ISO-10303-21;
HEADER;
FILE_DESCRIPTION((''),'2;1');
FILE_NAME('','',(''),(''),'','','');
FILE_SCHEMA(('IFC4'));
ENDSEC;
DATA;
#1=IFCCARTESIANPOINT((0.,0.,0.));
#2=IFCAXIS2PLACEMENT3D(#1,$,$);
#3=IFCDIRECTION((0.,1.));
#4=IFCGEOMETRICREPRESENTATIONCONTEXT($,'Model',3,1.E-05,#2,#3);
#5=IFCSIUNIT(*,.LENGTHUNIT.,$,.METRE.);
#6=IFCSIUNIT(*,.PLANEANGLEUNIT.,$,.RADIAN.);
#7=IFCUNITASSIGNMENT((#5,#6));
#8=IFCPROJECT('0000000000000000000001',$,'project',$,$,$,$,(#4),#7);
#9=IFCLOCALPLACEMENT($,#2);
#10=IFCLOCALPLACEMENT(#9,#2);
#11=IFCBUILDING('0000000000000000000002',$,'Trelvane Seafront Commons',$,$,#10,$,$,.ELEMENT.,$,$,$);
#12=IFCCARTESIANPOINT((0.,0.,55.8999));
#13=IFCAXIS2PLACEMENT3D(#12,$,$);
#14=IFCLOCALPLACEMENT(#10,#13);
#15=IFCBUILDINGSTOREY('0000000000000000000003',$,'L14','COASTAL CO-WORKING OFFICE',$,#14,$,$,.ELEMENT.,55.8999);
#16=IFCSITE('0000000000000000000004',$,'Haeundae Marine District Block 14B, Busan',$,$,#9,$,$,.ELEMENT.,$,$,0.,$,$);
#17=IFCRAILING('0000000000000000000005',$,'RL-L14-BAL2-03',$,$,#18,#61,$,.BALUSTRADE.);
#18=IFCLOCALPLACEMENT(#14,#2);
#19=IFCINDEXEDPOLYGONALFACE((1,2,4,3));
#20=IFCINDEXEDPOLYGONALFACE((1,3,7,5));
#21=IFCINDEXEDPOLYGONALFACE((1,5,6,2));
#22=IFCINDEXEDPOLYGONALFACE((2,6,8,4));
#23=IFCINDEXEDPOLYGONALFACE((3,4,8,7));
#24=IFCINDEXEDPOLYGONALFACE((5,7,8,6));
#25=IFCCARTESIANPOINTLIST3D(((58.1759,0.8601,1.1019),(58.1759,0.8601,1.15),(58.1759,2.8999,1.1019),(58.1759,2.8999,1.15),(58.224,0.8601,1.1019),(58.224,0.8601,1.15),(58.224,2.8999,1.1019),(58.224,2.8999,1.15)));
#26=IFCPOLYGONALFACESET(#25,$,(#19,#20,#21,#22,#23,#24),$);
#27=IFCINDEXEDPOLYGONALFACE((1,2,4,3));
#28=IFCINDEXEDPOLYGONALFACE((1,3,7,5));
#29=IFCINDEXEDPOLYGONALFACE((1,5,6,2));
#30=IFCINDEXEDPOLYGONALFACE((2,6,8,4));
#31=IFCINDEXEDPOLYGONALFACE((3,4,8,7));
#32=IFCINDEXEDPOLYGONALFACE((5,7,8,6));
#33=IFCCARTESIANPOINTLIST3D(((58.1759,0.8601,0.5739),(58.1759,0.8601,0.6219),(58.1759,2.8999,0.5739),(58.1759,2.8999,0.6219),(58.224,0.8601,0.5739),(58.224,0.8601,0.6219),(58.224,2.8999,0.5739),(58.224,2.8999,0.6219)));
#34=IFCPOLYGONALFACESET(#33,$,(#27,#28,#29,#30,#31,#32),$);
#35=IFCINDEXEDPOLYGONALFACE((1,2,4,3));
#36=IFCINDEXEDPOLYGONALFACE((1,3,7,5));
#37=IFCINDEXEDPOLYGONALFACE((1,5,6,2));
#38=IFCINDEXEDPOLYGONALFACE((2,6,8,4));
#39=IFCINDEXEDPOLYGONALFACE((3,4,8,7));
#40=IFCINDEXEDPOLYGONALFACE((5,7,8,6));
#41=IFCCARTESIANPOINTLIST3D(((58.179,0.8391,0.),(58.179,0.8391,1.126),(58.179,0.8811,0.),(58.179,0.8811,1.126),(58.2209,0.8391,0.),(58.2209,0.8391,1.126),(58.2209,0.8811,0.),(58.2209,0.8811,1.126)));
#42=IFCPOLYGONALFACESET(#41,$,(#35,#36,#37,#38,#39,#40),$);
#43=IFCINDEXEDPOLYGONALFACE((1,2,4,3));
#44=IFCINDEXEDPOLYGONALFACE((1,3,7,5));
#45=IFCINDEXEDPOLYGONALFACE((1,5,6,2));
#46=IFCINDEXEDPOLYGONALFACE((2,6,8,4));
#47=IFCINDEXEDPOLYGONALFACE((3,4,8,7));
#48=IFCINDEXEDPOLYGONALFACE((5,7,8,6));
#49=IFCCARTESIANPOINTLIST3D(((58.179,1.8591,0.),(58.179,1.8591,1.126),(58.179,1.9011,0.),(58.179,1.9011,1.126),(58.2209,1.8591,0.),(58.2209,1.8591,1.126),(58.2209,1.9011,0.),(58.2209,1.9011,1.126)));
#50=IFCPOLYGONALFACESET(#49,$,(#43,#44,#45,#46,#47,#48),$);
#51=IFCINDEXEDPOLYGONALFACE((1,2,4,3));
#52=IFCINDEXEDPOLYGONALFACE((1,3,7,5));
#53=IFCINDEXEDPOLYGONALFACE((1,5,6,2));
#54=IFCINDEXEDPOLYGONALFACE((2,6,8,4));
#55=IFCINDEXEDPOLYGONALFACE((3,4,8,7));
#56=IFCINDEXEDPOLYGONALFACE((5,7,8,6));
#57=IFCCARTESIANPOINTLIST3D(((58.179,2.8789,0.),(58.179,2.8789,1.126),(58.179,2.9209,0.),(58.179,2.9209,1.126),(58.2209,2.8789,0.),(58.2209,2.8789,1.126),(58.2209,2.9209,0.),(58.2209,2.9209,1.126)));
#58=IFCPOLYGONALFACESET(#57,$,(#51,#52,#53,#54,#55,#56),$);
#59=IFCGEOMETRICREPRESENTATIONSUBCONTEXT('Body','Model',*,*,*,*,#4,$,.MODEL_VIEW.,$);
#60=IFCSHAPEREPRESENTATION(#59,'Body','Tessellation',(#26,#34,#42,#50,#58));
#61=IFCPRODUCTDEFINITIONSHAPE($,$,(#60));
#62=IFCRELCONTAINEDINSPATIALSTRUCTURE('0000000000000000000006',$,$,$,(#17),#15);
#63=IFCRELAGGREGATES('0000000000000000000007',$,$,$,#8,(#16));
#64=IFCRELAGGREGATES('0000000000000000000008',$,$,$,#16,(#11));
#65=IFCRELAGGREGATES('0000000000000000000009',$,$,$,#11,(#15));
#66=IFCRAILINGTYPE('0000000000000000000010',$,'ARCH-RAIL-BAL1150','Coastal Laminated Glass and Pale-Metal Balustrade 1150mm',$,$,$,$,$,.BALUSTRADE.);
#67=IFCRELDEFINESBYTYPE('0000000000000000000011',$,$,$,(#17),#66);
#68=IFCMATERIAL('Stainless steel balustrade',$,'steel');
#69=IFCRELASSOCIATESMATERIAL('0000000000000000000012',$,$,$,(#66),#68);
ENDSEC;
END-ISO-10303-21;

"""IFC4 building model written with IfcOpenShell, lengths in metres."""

from ifc_helpers import new_model, si_unit, direction, frame, origin, origin_2d, place, context, subcontext, project, spatial, rectangle, extrude, material, type_object, element, save


model = new_model("IFC4")

# Units and contexts
model_context = context("Model", 3, precision=1e-05, world=origin(), true_north=direction((0.0, 1.0)))
body_context = subcontext(model_context, "Body", "Model", "MODEL_VIEW")
ifc_project = project(units=[si_unit("LENGTHUNIT", "METRE"), si_unit("PLANEANGLEUNIT", "RADIAN")], contexts=[model_context])

# Site, building, storey
site_placement = place(None, origin())
site = spatial("IfcSite", under=ifc_project, at=site_placement, Name="Haeundae Marine District Block 14B, Busan", CompositionType="ELEMENT", RefElevation=0.0)
building_placement = place(site_placement, origin())
building = spatial("IfcBuilding", under=site, at=building_placement, Name="Trelvane Seafront Commons", CompositionType="ELEMENT")
storey_placement = place(building_placement, frame((0.0, 0.0, 55.8999)))
storey = spatial("IfcBuildingStorey", under=building, at=storey_placement, Name="L14", Description="COASTAL CO-WORKING OFFICE", CompositionType="ELEMENT", Elevation=55.8999)

# Railing
ifc_material_1 = material(Name="Stainless steel balustrade", Category="steel")
railing_type = type_object("IfcRailingType", Name="ARCH-RAIL-BAL1150", Description="Coastal Laminated Glass and Pale-Metal Balustrade 1150mm", PredefinedType="BALUSTRADE", material=ifc_material_1)
railing_placement = place(storey_placement, frame((58.2, 0.8601, 0.0)))
element("IfcRailing", 1, at=railing_placement, inside=storey, type_object=railing_type, Name="RL-L14-BAL2-03", PredefinedType="BALUSTRADE", context=body_context, shape_type="SweptSolid", body=[
    extrude(rectangle(XDim=0.0481, YDim=0.0481, at=origin_2d()), frame((0.0, 0.0, 1.126), z_axis=(0.0, 1.0, 0.0), x_axis=(-1.0, 0.0, 0.0)), (0.0, 0.0, 1.0), 2.0398),
    extrude(rectangle(XDim=0.0481, YDim=0.0481, at=origin_2d()), frame((0.0, 0.0, 0.5979), z_axis=(0.0, 1.0, 0.0), x_axis=(-1.0, 0.0, 0.0)), (0.0, 0.0, 1.0), 2.0398),
    extrude(rectangle(XDim=0.042, YDim=0.042, at=origin_2d()), origin(), (0.0, 0.0, 1.0), 1.126),
    extrude(rectangle(XDim=0.042, YDim=0.042, at=origin_2d()), frame((0.0, 1.02, 0.0)), (0.0, 0.0, 1.0), 1.126),
    extrude(rectangle(XDim=0.042, YDim=0.042, at=origin_2d()), frame((0.0, 2.0398, 0.0)), (0.0, 0.0, 1.0), 1.126),
])

save(model, "model.ifc")
